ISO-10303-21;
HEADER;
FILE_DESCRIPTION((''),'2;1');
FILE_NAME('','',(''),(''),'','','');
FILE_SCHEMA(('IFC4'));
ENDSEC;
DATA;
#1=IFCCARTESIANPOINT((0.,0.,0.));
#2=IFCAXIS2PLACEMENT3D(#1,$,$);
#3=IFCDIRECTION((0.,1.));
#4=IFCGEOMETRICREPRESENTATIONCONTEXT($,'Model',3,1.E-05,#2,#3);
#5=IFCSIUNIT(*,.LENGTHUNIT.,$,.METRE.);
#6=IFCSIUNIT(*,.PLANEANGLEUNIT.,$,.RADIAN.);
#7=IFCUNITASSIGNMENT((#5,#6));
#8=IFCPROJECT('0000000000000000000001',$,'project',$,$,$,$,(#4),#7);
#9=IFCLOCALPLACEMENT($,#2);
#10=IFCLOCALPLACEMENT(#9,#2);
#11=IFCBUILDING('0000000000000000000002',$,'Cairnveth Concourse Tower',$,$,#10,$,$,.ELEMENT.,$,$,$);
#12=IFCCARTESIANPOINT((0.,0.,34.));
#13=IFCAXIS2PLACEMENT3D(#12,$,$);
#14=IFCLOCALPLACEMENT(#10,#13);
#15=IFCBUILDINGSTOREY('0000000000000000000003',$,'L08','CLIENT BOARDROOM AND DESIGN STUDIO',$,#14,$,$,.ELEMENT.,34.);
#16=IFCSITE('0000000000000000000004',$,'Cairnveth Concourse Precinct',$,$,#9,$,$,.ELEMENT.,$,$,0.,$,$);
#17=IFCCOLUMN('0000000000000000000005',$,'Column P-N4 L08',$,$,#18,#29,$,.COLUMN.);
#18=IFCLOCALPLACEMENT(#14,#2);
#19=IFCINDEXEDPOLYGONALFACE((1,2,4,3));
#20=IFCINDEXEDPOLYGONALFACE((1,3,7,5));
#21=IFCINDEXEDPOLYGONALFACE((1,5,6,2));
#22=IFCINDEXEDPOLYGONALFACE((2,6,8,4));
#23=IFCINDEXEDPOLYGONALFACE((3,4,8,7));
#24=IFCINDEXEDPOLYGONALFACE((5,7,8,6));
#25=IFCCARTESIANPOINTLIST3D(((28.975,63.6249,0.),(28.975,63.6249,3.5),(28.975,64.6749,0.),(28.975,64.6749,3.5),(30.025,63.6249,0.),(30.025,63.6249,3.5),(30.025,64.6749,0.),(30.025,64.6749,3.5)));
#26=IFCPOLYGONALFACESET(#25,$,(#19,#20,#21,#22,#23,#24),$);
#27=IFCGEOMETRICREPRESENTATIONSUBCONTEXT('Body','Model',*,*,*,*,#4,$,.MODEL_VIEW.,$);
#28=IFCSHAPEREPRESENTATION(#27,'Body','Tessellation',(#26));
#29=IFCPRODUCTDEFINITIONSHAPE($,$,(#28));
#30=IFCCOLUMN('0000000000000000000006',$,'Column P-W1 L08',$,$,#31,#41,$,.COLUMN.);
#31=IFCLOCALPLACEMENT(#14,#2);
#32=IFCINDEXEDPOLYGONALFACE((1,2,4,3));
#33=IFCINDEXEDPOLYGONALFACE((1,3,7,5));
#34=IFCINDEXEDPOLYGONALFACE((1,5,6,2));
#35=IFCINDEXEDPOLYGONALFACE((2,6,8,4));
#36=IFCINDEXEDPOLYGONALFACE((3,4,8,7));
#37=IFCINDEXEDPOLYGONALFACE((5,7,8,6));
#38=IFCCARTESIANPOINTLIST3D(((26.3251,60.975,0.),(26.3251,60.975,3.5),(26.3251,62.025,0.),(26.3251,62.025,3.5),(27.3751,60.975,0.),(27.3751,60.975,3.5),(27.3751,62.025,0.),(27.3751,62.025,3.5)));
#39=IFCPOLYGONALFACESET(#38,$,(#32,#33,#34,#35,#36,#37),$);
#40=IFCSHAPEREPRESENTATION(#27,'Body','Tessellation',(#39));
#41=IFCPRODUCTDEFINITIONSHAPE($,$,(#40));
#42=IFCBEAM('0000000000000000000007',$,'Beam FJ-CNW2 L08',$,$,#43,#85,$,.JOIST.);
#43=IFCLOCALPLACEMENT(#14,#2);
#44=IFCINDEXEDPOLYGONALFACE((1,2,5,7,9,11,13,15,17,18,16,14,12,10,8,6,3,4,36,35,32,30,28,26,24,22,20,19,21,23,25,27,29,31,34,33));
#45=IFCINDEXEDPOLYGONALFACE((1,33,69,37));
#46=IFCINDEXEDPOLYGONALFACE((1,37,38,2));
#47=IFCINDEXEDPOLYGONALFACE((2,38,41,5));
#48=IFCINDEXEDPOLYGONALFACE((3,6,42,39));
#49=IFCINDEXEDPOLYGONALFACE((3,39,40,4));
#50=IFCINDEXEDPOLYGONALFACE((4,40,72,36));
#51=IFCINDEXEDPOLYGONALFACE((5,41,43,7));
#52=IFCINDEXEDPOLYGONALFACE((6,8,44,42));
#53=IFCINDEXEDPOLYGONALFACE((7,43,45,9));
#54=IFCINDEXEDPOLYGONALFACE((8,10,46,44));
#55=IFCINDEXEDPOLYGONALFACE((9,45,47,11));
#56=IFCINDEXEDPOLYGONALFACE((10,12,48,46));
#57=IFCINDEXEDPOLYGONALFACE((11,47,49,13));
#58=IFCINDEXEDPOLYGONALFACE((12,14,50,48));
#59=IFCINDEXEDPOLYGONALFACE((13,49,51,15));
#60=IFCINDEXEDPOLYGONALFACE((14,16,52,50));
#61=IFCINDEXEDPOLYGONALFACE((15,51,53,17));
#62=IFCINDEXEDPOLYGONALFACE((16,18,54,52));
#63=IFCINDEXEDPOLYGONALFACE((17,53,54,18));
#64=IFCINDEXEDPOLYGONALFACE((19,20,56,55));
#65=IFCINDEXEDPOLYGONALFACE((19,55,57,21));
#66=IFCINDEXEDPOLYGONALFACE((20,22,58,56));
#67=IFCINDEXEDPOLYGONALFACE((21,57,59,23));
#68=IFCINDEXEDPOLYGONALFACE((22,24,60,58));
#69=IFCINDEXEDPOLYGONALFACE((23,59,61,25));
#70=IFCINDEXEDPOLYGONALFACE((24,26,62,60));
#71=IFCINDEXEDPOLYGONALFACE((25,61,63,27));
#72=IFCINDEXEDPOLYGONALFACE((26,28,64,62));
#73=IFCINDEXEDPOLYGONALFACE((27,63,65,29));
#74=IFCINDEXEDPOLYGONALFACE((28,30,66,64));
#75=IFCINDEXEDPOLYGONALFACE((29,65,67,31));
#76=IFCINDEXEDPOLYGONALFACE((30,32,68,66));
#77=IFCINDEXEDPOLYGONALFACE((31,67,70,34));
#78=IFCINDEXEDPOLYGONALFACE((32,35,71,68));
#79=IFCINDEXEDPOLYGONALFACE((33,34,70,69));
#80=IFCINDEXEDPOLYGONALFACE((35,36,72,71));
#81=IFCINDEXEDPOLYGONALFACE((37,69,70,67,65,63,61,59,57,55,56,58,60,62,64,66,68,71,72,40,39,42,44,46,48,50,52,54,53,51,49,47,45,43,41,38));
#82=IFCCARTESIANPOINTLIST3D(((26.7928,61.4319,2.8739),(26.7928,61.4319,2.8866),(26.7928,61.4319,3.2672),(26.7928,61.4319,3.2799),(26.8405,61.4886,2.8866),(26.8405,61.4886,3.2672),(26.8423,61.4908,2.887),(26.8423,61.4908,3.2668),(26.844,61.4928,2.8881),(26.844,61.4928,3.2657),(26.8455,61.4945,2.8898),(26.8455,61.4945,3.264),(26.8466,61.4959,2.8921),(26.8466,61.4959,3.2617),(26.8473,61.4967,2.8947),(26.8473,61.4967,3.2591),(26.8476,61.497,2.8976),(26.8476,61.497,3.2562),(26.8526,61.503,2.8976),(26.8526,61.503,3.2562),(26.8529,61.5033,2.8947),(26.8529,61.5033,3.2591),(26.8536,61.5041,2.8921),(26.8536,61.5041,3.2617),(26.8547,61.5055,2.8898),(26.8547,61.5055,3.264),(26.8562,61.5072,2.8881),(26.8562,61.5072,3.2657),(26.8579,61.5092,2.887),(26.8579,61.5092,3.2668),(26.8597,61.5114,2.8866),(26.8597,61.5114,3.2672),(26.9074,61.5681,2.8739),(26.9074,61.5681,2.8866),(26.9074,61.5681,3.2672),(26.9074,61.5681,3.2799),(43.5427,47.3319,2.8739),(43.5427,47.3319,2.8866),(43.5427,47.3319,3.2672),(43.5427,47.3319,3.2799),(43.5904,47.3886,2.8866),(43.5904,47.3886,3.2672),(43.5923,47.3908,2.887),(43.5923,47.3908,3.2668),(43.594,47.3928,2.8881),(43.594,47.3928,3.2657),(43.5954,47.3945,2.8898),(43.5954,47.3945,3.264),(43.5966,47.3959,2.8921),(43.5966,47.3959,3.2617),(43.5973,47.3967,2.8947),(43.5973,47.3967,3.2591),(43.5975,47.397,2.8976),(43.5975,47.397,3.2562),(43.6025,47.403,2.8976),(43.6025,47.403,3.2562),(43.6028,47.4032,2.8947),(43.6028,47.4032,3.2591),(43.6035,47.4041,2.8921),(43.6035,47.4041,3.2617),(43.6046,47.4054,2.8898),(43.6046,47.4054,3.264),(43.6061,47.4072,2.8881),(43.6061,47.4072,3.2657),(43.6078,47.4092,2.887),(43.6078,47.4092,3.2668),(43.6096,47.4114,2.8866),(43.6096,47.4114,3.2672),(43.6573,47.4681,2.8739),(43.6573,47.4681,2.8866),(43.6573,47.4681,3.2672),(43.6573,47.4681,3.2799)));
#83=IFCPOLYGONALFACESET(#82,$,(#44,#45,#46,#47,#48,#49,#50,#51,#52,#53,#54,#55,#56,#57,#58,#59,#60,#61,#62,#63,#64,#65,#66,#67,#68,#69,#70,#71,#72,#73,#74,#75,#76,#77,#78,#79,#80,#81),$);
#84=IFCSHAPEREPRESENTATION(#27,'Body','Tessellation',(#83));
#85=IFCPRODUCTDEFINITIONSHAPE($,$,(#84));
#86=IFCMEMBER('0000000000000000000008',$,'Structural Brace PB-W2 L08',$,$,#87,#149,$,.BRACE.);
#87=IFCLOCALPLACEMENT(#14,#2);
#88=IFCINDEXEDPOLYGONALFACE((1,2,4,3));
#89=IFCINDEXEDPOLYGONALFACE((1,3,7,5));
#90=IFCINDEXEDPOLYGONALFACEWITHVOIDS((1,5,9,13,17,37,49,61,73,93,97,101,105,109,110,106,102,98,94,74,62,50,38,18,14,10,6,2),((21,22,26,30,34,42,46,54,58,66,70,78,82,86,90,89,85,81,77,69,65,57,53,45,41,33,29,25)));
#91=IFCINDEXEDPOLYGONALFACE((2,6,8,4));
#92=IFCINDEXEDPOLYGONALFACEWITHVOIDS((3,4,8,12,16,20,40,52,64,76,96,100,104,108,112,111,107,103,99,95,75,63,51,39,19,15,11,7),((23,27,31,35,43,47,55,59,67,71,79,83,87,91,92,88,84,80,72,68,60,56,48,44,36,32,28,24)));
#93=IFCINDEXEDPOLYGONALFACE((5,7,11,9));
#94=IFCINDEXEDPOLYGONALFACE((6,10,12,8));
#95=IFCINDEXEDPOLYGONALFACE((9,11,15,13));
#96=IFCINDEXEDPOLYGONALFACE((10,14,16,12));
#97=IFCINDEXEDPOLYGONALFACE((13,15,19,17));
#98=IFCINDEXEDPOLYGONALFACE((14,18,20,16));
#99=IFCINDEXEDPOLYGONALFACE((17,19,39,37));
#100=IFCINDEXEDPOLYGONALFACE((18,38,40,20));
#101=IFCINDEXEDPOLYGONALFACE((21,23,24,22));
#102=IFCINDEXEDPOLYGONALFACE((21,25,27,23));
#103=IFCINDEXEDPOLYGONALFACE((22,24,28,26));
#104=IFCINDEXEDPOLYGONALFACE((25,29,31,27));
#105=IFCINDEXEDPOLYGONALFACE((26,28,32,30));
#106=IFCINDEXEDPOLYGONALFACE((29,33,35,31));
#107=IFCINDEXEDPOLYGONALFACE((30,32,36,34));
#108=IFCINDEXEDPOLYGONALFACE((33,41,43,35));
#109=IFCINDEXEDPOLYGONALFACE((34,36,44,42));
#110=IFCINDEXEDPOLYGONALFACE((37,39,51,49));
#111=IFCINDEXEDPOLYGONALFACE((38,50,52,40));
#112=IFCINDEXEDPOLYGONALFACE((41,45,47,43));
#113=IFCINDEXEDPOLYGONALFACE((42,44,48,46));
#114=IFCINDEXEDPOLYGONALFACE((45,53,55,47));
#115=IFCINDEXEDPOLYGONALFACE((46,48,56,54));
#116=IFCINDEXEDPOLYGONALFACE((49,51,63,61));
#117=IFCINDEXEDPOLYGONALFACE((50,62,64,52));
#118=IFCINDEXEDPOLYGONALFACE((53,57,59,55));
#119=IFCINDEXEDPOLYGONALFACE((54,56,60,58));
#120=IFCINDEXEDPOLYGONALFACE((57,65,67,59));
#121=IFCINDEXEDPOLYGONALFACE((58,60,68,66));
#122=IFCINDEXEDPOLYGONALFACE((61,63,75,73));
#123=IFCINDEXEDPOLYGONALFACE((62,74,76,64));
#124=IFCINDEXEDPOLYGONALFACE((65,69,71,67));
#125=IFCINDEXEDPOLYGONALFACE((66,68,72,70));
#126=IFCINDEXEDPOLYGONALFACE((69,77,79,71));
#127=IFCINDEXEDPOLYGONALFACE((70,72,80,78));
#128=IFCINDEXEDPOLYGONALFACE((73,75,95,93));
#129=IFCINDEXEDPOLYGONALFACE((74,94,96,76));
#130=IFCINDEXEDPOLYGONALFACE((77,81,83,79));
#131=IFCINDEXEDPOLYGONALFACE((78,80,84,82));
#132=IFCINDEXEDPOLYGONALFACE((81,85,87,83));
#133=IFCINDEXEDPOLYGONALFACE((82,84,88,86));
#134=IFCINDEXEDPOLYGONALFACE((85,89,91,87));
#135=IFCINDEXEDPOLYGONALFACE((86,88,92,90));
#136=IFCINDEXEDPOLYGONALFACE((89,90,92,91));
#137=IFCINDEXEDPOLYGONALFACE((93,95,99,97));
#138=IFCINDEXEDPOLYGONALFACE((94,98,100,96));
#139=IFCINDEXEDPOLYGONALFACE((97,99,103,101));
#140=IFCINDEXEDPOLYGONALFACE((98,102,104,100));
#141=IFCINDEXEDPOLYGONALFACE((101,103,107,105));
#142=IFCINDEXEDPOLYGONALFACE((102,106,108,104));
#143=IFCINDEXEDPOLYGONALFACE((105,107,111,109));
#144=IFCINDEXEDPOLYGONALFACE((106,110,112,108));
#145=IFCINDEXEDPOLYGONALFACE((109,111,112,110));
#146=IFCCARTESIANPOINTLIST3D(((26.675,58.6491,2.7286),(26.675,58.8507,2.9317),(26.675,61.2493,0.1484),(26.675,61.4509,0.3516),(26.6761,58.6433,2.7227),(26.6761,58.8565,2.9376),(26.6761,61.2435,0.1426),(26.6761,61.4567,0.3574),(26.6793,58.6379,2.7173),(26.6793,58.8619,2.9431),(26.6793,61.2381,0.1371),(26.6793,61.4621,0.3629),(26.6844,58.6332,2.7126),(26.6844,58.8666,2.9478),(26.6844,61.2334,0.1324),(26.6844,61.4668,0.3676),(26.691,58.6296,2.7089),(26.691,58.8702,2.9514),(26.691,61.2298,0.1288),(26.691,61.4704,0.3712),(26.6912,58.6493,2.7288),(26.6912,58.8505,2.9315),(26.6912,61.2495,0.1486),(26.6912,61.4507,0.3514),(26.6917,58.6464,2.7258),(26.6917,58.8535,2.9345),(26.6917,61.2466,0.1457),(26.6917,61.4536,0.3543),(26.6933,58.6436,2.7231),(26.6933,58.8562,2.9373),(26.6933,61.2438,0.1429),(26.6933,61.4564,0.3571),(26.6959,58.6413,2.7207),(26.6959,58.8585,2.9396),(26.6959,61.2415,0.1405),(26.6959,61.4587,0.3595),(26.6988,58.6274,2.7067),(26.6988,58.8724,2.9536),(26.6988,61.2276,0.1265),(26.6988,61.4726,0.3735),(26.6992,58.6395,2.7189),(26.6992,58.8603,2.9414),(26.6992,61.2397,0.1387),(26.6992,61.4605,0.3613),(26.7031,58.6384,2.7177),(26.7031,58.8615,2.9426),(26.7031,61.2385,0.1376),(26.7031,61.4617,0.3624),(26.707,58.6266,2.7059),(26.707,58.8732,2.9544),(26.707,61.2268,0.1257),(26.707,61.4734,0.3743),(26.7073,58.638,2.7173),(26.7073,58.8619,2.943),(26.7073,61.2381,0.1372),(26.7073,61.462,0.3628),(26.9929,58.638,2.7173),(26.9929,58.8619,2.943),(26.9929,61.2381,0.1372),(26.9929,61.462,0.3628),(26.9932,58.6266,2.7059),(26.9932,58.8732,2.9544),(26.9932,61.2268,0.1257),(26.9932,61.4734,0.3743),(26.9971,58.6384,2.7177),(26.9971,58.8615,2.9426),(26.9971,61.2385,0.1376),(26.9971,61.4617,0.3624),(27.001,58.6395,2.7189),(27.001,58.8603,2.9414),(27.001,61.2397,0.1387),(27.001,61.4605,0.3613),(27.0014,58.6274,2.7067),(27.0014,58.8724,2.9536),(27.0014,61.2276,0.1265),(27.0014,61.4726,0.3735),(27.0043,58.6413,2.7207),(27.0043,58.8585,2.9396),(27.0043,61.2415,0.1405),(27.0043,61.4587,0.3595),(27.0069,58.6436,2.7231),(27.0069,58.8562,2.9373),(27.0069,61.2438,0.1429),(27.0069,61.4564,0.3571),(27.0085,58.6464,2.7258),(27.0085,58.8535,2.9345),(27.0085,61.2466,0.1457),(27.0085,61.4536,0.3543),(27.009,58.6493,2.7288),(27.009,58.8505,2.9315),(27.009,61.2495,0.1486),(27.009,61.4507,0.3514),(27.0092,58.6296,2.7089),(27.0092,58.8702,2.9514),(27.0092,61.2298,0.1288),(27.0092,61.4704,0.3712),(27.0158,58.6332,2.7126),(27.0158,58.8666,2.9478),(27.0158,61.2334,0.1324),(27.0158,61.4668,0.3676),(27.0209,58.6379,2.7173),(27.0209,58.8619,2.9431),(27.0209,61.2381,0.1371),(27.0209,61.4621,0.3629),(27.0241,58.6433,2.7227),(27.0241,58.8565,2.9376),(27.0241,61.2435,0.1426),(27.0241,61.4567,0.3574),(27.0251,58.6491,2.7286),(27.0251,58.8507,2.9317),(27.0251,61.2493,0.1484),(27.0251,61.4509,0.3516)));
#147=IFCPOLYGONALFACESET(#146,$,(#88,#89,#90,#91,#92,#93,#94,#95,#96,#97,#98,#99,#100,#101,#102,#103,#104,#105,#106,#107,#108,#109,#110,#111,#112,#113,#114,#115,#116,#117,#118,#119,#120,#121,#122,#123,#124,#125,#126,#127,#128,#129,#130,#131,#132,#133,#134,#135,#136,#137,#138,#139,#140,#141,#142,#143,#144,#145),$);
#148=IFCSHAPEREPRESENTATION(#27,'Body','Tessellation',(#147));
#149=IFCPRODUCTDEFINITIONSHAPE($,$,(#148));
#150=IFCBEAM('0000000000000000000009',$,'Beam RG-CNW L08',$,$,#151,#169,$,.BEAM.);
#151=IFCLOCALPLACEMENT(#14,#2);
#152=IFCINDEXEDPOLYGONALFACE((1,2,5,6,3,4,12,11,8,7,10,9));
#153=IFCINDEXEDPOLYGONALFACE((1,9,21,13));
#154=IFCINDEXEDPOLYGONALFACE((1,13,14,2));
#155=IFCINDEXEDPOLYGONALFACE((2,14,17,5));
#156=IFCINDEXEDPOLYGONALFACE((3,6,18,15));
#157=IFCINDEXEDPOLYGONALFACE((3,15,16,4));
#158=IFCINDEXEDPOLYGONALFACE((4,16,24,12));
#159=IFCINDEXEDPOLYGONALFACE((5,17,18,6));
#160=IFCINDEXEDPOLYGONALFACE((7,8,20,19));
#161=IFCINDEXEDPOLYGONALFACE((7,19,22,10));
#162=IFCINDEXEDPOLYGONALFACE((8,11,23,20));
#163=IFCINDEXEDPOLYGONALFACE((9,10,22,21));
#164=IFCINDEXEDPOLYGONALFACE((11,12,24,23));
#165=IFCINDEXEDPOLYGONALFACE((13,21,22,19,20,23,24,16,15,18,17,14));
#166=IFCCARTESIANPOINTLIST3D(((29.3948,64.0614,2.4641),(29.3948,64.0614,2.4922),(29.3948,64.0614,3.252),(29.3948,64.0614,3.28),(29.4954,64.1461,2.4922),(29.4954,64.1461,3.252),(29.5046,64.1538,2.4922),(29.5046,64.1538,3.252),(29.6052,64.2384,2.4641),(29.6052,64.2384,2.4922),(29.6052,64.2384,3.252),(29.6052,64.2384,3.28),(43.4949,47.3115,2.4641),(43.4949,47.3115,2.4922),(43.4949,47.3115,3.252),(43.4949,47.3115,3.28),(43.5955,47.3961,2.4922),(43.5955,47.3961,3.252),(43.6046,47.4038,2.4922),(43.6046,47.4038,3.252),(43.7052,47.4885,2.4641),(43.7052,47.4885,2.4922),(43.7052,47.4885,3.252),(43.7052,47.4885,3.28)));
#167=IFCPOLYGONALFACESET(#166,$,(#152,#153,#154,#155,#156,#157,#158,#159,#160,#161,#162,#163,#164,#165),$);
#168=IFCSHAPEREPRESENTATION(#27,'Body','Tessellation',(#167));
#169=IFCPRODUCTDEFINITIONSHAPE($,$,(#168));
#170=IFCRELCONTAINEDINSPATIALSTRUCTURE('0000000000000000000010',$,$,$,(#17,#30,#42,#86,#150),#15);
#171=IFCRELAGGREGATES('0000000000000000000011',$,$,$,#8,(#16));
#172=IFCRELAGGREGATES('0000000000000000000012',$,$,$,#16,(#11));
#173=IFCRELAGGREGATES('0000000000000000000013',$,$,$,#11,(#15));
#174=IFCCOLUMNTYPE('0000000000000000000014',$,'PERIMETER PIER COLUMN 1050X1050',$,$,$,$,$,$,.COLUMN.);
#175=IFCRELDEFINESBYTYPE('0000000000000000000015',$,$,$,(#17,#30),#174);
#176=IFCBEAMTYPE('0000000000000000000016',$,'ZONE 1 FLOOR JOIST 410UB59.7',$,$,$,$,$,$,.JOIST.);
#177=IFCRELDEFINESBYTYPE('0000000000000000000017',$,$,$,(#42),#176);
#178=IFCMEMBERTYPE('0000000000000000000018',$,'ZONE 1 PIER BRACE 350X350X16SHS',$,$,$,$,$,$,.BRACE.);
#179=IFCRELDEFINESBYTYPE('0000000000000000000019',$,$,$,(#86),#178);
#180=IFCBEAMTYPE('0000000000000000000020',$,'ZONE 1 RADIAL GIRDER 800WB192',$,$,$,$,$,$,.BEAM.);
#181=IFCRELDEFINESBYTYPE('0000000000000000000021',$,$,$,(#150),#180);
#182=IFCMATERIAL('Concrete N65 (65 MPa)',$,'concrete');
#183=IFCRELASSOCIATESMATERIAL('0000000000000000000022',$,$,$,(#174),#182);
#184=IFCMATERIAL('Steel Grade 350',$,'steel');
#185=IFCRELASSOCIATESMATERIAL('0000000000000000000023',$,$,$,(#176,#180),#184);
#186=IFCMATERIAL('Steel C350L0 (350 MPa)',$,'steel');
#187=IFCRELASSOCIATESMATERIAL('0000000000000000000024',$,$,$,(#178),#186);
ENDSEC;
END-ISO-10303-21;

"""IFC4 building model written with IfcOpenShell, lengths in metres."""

from ifc_helpers import new_model, si_unit, direction, frame, origin, origin_2d, place, context, subcontext, project, spatial, rectangle, hollow_rectangle, i_section, extrude, material, material_profile, profile_set, type_object, element, save


model = new_model("IFC4")

# Units and contexts
model_context = context("Model", 3, precision=1e-05, world=origin(), true_north=direction((0.0, 1.0)))
body_context = subcontext(model_context, "Body", "Model", "MODEL_VIEW")
ifc_project = project(units=[si_unit("LENGTHUNIT", "METRE"), si_unit("PLANEANGLEUNIT", "RADIAN")], contexts=[model_context])

# Site, building, storey
site_placement = place(None, origin())
site = spatial("IfcSite", under=ifc_project, at=site_placement, Name="Cairnveth Concourse Precinct", CompositionType="ELEMENT", RefElevation=0.0)
building_placement = place(site_placement, origin())
building = spatial("IfcBuilding", under=site, at=building_placement, Name="Cairnveth Concourse Tower", CompositionType="ELEMENT")
storey_placement = place(building_placement, frame((0.0, 0.0, 34.0)))
storey = spatial("IfcBuildingStorey", under=building, at=storey_placement, Name="L08", Description="CLIENT BOARDROOM AND DESIGN STUDIO", CompositionType="ELEMENT", Elevation=34.0)

# Columns
ifc_material_1 = material(Name="Concrete N65 (65 MPa)", Category="concrete")
ifc_material_profile_1 = material_profile(ifc_material_1, rectangle(XDim=1.05, YDim=1.05, at=origin_2d()), Name="RC-COL-1050x1050")
ifc_profile_set_1 = profile_set([ifc_material_profile_1], Name="Concrete N65 (65 MPa)")
column_type = type_object("IfcColumnType", Name="PERIMETER PIER COLUMN 1050X1050", PredefinedType="COLUMN", material=ifc_profile_set_1)
for number, where, z_axis, x_axis, name in (
    (1, (29.5, 64.1499, 0.0), (0.0, 0.0, 1.0), (1.0, 0.0, 0.0), "Column P-N4 L08"),
    (2, (26.8501, 61.5, 0.0), (0.0, 0.0, 1.0), (0.0, 1.0, 0.0), "Column P-W1 L08"),
):
    element("IfcColumn", number, at=place(storey_placement, frame(where, z_axis=z_axis, x_axis=x_axis)), inside=storey, type_object=column_type, Name=name, PredefinedType="COLUMN", context=body_context, shape_type="SweptSolid", body=[
        extrude(rectangle(XDim=1.05, YDim=1.05, at=origin_2d()), origin(), (0.0, 0.0, 1.0), 3.5),
    ])

# Beam
ifc_material_2 = material(Name="Steel Grade 350", Category="steel")
ifc_material_profile_2 = material_profile(ifc_material_2, i_section(OverallWidth=0.178, OverallDepth=0.406, WebThickness=0.0078, FlangeThickness=0.0127, FilletRadius=0.011, at=origin_2d()), Name="410UB59.7")
ifc_profile_set_2 = profile_set([ifc_material_profile_2], Name="Steel Grade 350")
beam_type_1 = type_object("IfcBeamType", Name="ZONE 1 FLOOR JOIST 410UB59.7", PredefinedType="JOIST", material=ifc_profile_set_2)
beam_1_placement = place(storey_placement, frame((26.8501, 61.5, 3.0769), z_axis=(0.765027, -0.643998, 0.0), x_axis=(0.643998, 0.765027, 0.0)))
element("IfcBeam", 3, at=beam_1_placement, inside=storey, type_object=beam_type_1, Name="Beam FJ-CNW2 L08", PredefinedType="JOIST", context=body_context, shape_type="SweptSolid", body=[
    extrude(i_section(OverallWidth=0.178, OverallDepth=0.406, WebThickness=0.0078, FlangeThickness=0.0127, FilletRadius=0.011, at=origin_2d()), origin(), (0.0, 0.0, 1.0), 21.8945),
])

# Member
ifc_material_3 = material(Name="Steel C350L0 (350 MPa)", Category="steel")
ifc_material_profile_3 = material_profile(ifc_material_3, hollow_rectangle(XDim=0.3501, YDim=0.3501, WallThickness=0.0161, InnerFilletRadius=0.0161, OuterFilletRadius=0.032, at=origin_2d()), Name="350x350x16.0SHS")
ifc_profile_set_3 = profile_set([ifc_material_profile_3], Name="Steel C350L0 (350 MPa)")
member_type = type_object("IfcMemberType", Name="ZONE 1 PIER BRACE 350X350X16SHS", PredefinedType="BRACE", material=ifc_profile_set_3)
member_placement = place(storey_placement, frame((26.8501, 61.3501, 0.25), z_axis=(0.0, -0.709834, 0.704369), x_axis=(1.0, 0.0, 0.0)))
element("IfcMember", 4, at=member_placement, inside=storey, type_object=member_type, Name="Structural Brace PB-W2 L08", PredefinedType="BRACE", context=body_context, shape_type="SweptSolid", body=[
    extrude(hollow_rectangle(XDim=0.3501, YDim=0.3501, WallThickness=0.0161, InnerFilletRadius=0.0161, OuterFilletRadius=0.032, at=origin_2d()), origin(), (0.0, 0.0, 1.0), 3.6631),
])

# Beam
ifc_material_profile_4 = material_profile(ifc_material_2, i_section(OverallWidth=0.2749, OverallDepth=0.8159, WebThickness=0.012, FlangeThickness=0.0281, at=origin_2d()), Name="800WB192")
ifc_profile_set_4 = profile_set([ifc_material_profile_4], Name="Steel Grade 350")
beam_type_2 = type_object("IfcBeamType", Name="ZONE 1 RADIAL GIRDER 800WB192", PredefinedType="BEAM", material=ifc_profile_set_4)
beam_2_placement = place(storey_placement, frame((29.5, 64.1499, 2.8721), z_axis=(0.643998, -0.765027, 0.0), x_axis=(0.765027, 0.643998, 0.0)))
element("IfcBeam", 5, at=beam_2_placement, inside=storey, type_object=beam_type_2, Name="Beam RG-CNW L08", PredefinedType="BEAM", context=body_context, shape_type="SweptSolid", body=[
    extrude(i_section(OverallWidth=0.2749, OverallDepth=0.8159, WebThickness=0.012, FlangeThickness=0.0281, at=origin_2d()), origin(), (0.0, 0.0, 1.0), 21.8945),
])

save(model, "model.ifc")
